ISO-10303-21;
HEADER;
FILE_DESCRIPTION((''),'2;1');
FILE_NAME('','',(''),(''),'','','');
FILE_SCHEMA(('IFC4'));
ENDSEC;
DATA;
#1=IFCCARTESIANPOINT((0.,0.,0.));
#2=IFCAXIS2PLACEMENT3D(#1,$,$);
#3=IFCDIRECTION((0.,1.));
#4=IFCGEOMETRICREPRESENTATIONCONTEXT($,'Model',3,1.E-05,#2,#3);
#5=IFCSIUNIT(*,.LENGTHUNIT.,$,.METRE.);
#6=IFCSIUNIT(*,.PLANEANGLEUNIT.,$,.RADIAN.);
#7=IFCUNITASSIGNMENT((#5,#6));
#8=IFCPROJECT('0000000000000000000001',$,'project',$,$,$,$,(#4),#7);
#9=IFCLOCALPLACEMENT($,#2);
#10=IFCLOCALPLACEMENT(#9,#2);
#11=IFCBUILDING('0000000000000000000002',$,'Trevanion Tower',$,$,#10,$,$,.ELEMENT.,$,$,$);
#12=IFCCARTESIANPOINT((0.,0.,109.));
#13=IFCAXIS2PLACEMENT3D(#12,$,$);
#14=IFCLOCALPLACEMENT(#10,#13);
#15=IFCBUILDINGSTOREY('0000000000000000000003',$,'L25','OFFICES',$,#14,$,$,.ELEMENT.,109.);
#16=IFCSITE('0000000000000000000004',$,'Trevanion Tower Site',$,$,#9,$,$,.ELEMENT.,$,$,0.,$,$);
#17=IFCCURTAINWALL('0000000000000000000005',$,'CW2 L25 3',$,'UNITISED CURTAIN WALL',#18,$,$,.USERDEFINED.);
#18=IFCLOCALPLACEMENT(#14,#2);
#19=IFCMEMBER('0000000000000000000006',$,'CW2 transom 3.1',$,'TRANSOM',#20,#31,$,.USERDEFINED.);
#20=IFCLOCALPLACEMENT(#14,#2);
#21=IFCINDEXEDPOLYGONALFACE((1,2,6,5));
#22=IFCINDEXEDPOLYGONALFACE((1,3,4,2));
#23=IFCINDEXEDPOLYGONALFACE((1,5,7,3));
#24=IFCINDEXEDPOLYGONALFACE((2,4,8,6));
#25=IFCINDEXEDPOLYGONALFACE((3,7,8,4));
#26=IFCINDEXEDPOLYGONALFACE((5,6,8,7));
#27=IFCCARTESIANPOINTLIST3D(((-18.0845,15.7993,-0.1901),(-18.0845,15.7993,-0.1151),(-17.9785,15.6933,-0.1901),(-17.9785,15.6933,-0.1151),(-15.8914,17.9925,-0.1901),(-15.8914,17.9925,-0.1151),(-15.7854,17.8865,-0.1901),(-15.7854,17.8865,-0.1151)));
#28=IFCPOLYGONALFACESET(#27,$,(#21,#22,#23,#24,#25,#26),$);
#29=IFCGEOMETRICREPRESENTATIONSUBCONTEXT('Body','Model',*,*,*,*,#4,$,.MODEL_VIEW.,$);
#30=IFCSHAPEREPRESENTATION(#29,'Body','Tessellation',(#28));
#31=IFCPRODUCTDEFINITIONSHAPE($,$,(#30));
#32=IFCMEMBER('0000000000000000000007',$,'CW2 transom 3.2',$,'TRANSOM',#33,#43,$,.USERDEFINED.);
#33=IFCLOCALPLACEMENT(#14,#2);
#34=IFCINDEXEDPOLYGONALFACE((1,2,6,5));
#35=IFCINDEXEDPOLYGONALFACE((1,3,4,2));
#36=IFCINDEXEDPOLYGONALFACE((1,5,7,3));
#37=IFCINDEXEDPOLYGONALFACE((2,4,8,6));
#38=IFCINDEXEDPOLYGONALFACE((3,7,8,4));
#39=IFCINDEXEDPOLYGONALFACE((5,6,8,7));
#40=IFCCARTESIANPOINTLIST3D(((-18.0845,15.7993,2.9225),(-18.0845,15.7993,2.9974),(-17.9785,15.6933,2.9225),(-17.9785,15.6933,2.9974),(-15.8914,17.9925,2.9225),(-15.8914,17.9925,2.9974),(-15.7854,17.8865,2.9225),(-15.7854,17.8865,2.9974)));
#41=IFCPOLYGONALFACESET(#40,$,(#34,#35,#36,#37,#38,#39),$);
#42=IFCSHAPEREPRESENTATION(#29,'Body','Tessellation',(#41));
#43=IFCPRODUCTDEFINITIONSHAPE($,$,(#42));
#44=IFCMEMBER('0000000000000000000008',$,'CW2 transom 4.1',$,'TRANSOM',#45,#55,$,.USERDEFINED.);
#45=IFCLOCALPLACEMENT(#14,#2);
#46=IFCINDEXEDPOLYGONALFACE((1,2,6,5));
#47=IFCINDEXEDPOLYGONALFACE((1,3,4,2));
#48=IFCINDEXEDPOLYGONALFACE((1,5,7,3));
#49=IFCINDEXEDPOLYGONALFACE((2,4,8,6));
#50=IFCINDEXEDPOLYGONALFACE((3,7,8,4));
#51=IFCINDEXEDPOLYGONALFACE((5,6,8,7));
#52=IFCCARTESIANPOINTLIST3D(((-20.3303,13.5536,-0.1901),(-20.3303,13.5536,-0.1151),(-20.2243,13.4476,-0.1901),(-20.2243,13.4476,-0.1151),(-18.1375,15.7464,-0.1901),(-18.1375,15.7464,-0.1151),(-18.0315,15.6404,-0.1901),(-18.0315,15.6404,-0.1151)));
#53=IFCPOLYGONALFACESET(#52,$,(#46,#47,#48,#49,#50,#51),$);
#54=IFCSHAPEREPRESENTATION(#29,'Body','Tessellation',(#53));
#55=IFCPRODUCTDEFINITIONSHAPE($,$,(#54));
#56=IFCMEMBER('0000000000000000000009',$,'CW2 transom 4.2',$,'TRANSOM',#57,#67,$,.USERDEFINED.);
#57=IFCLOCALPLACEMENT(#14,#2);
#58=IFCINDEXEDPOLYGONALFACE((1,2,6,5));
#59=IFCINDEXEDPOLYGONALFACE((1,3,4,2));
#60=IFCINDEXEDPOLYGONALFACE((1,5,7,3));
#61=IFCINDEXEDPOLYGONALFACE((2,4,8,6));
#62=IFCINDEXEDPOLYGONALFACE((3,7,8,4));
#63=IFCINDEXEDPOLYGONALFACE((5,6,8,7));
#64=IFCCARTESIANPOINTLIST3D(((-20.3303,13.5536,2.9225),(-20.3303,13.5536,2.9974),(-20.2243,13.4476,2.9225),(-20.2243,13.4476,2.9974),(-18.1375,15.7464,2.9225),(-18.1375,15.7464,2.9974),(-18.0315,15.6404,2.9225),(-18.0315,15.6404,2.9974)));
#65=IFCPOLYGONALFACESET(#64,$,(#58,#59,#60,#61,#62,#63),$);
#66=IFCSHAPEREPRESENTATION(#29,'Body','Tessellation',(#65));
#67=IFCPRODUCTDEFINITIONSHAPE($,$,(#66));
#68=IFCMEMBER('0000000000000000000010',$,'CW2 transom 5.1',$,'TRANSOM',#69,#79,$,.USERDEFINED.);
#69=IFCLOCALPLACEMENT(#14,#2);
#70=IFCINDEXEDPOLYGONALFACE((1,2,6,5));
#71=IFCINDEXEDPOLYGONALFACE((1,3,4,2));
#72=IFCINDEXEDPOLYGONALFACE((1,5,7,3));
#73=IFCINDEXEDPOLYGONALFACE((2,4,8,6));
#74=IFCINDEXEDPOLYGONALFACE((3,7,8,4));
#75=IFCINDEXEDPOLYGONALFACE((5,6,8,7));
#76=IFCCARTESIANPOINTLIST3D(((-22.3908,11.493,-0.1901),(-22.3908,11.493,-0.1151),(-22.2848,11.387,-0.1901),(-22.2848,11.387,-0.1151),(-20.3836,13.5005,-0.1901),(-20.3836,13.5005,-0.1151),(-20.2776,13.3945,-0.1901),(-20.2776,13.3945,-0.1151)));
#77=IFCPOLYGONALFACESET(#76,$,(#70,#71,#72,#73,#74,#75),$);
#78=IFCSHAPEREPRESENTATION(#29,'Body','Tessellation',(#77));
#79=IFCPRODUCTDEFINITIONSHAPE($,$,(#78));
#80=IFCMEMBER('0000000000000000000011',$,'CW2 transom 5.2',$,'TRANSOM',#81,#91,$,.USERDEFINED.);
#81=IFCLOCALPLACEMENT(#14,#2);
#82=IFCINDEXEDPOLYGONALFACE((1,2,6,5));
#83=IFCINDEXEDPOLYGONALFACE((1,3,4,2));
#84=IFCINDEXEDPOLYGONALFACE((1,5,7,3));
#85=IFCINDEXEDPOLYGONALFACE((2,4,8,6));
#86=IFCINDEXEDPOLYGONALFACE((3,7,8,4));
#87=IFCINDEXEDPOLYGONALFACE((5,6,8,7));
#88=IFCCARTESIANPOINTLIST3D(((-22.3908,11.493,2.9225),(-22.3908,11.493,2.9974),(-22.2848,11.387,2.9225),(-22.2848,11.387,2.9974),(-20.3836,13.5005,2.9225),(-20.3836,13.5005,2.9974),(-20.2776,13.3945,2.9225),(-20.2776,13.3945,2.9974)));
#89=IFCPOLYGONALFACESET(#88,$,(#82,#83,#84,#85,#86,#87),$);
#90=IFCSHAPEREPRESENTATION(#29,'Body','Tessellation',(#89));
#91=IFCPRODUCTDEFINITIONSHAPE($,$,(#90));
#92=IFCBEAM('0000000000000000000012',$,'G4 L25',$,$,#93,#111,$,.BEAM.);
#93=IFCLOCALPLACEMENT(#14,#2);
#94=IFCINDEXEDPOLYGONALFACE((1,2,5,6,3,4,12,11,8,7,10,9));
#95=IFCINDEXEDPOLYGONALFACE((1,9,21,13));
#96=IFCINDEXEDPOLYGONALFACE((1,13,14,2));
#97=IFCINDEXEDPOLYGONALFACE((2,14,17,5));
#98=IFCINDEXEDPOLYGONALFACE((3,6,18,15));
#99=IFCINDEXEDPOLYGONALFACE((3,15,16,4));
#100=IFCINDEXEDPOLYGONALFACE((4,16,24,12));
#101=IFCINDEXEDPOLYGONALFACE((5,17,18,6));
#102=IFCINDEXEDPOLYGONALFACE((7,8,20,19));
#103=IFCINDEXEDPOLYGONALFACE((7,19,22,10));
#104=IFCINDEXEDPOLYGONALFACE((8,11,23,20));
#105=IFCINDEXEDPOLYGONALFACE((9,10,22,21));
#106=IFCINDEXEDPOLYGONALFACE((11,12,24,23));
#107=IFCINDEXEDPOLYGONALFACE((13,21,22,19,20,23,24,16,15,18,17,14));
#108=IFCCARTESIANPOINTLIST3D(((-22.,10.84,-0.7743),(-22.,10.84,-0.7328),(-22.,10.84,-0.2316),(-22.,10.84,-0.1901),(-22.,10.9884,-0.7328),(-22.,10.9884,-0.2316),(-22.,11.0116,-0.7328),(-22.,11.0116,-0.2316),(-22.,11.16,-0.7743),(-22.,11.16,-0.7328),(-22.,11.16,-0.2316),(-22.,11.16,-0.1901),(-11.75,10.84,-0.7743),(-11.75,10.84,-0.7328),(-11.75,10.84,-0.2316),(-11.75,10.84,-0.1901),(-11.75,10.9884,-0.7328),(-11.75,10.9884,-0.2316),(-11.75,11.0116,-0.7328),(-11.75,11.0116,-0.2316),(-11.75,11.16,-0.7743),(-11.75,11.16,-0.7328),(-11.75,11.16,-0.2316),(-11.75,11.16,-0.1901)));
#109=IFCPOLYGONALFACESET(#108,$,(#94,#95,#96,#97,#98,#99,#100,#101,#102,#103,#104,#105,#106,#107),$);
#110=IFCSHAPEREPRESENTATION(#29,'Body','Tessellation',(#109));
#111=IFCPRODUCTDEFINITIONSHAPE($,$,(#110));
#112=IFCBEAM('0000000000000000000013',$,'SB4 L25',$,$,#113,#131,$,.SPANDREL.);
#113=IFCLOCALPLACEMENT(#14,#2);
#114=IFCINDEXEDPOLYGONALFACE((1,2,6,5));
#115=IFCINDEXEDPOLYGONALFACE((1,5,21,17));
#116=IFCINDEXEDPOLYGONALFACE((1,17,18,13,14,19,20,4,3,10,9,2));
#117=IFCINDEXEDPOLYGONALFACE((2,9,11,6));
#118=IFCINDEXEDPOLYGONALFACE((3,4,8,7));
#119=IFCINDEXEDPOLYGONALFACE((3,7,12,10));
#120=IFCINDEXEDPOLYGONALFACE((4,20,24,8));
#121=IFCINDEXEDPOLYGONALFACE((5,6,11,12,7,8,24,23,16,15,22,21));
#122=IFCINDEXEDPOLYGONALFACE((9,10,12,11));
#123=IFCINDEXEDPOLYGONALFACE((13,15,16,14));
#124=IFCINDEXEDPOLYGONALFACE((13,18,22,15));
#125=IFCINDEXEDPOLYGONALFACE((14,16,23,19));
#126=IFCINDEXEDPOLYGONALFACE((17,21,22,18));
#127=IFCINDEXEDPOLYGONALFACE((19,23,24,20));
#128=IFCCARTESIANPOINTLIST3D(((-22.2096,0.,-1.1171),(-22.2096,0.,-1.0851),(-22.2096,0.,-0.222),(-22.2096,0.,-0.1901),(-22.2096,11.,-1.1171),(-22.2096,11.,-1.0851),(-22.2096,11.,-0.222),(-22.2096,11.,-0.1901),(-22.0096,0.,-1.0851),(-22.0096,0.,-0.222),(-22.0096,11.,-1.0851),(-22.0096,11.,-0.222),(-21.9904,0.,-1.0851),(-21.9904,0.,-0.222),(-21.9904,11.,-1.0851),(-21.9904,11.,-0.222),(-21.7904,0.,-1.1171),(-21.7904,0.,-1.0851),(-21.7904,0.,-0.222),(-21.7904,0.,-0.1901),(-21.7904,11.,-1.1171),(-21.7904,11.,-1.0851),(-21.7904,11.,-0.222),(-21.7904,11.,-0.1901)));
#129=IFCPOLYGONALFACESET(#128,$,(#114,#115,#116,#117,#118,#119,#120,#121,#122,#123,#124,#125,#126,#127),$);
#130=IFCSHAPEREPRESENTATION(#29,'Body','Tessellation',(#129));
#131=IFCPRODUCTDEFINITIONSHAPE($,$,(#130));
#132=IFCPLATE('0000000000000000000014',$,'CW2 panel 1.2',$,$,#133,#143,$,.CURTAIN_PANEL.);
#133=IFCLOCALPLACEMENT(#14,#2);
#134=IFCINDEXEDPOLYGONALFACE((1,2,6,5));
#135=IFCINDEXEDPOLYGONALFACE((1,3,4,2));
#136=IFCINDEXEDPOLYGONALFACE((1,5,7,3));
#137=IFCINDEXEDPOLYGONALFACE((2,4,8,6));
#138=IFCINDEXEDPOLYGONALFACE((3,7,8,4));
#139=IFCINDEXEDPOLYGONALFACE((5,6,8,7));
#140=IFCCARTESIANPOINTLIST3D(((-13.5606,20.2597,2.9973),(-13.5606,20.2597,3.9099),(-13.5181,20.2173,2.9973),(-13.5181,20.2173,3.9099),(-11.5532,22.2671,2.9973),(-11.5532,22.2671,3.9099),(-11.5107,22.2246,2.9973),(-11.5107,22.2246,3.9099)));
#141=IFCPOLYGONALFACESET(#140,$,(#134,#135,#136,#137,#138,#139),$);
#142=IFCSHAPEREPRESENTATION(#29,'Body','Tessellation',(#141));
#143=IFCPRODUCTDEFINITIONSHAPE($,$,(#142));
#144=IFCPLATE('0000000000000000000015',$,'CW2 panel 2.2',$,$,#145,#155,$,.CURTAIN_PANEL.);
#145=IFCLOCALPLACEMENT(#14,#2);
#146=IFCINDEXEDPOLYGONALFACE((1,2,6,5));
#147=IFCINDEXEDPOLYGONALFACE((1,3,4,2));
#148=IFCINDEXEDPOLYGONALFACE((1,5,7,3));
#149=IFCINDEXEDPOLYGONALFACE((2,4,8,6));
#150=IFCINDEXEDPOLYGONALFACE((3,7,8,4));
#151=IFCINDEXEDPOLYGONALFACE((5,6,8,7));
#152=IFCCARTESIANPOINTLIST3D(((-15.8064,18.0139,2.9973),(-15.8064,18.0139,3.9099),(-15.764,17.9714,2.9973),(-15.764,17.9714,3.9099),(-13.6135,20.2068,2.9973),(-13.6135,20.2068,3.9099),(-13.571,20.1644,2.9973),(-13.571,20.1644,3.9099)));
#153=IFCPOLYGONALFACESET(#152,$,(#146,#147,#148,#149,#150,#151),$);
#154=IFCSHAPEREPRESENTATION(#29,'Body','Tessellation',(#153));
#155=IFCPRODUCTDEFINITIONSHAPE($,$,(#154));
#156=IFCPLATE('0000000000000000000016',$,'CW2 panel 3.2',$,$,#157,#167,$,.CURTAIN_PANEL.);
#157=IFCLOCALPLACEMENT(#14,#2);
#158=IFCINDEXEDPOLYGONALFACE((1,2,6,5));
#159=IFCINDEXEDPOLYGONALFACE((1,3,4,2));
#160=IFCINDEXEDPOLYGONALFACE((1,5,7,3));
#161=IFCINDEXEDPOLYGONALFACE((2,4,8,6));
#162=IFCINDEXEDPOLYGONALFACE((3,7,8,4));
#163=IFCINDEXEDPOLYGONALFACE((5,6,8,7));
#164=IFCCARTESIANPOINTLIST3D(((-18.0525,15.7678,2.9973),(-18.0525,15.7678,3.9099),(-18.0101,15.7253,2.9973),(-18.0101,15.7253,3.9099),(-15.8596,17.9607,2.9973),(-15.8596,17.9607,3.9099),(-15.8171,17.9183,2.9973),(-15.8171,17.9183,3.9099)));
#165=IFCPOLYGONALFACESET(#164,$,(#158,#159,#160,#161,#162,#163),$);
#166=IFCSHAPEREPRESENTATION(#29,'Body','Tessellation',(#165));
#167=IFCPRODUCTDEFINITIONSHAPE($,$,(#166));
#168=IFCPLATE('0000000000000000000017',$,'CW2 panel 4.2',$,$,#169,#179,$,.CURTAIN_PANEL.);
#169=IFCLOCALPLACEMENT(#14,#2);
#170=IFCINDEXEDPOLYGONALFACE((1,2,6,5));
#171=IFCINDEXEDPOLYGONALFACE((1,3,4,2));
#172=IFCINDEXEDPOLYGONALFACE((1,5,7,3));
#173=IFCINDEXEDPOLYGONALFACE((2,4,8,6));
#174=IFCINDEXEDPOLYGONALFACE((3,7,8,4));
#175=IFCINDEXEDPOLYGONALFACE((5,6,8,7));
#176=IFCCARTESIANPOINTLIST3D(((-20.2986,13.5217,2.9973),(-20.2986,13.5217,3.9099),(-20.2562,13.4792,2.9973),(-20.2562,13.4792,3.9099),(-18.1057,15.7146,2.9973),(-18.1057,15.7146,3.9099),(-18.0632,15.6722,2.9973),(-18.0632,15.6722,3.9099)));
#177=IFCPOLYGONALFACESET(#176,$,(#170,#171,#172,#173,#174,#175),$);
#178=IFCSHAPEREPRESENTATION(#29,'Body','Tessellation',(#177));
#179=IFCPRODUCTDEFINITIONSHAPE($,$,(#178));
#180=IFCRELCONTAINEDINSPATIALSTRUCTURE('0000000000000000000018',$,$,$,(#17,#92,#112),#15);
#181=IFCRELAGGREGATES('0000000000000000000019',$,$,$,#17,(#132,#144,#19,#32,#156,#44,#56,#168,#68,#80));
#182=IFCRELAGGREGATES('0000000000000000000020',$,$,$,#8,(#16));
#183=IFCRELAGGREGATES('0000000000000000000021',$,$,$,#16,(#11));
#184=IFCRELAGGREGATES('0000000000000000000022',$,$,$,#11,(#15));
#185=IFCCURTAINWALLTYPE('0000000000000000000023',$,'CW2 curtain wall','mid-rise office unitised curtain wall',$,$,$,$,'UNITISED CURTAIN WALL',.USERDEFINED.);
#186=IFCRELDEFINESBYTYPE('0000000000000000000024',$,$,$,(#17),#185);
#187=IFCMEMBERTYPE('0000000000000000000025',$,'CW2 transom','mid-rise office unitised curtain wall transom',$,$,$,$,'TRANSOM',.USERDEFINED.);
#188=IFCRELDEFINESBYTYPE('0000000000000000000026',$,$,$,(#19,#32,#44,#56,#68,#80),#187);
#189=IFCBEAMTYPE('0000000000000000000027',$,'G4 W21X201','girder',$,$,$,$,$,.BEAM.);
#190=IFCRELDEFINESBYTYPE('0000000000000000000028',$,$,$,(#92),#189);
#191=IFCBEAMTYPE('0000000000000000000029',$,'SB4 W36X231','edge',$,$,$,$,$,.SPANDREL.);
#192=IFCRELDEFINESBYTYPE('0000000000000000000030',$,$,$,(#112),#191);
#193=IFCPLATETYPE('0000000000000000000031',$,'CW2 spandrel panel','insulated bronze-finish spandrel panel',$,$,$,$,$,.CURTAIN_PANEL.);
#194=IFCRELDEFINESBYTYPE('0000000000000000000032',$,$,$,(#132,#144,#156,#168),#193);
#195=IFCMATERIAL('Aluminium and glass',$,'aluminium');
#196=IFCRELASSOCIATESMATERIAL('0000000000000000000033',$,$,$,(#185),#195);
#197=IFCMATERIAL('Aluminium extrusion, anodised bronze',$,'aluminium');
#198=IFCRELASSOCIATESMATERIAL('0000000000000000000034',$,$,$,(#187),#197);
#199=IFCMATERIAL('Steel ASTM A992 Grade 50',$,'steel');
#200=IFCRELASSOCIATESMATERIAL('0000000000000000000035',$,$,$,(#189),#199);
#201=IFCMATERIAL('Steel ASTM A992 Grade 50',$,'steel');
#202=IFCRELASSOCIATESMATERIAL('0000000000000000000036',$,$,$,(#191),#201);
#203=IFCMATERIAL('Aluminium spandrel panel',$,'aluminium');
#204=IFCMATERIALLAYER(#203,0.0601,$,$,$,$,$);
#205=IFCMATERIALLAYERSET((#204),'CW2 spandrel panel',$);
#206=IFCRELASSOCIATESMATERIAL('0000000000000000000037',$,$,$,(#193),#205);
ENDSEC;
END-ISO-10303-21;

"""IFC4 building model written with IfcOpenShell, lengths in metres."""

from ifc_helpers import new_model, si_unit, direction, frame, origin, origin_2d, place, context, subcontext, project, spatial, rectangle, i_section, extrude, material, layer, layer_set, material_profile, profile_set, type_object, element, aggregate, save


model = new_model("IFC4")

# Units and contexts
model_context = context("Model", 3, precision=1e-05, world=origin(), true_north=direction((0.0, 1.0)))
body_context = subcontext(model_context, "Body", "Model", "MODEL_VIEW")
ifc_project = project(units=[si_unit("LENGTHUNIT", "METRE"), si_unit("PLANEANGLEUNIT", "RADIAN")], contexts=[model_context])

# Site, building, storey
site_placement = place(None, origin())
site = spatial("IfcSite", under=ifc_project, at=site_placement, Name="Trevanion Tower Site", CompositionType="ELEMENT", RefElevation=0.0)
building_placement = place(site_placement, origin())
building = spatial("IfcBuilding", under=site, at=building_placement, Name="Trevanion Tower", CompositionType="ELEMENT")
storey_placement = place(building_placement, frame((0.0, 0.0, 109.0)))
storey = spatial("IfcBuildingStorey", under=building, at=storey_placement, Name="L25", Description="OFFICES", CompositionType="ELEMENT", Elevation=109.0)

# Curtain wall, members
ifc_material_1 = material(Name="Aluminium and glass", Category="aluminium")
curtain_wall_type = type_object("IfcCurtainWallType", Name="CW2 curtain wall", Description="mid-rise office unitised curtain wall", ElementType="UNITISED CURTAIN WALL", PredefinedType="USERDEFINED", material=ifc_material_1)
curtain_wall_placement = place(storey_placement, origin())
curtain_wall = element("IfcCurtainWall", 1, at=curtain_wall_placement, inside=storey, type_object=curtain_wall_type, Name="CW2 L25 3", ObjectType="UNITISED CURTAIN WALL", PredefinedType="USERDEFINED")
ifc_material_2 = material(Name="Aluminium extrusion, anodised bronze", Category="aluminium")
ifc_material_profile_1 = material_profile(ifc_material_2, rectangle(XDim=0.1499, YDim=0.075, at=origin_2d()), Name="CW2 transom")
ifc_profile_set_1 = profile_set([ifc_material_profile_1], Name="Aluminium extrusion, anodised bronze")
member_type_1 = type_object("IfcMemberType", Name="CW2 transom", Description="mid-rise office unitised curtain wall transom", ElementType="TRANSOM", PredefinedType="USERDEFINED", material=ifc_profile_set_1)
member_1_placement = place(storey_placement, frame((-15.8384, 17.9395, -0.1526), z_axis=(-0.707107, -0.707107, 0.0), x_axis=(0.707107, -0.707107, 0.0)))
member_1 = element("IfcMember", 2, at=member_1_placement, type_object=member_type_1, Name="CW2 transom 3.1", ObjectType="TRANSOM", PredefinedType="USERDEFINED", context=body_context, shape_type="SweptSolid", body=[
    extrude(rectangle(XDim=0.1499, YDim=0.075, at=origin_2d()), origin(), (0.0, 0.0, 1.0), 3.1016),
])
member_2_placement = place(storey_placement, frame((-15.8384, 17.9395, 2.96), z_axis=(-0.707107, -0.707107, 0.0), x_axis=(0.707107, -0.707107, 0.0)))
member_2 = element("IfcMember", 3, at=member_2_placement, type_object=member_type_1, Name="CW2 transom 3.2", ObjectType="TRANSOM", PredefinedType="USERDEFINED", context=body_context, shape_type="SweptSolid", body=[
    extrude(rectangle(XDim=0.1499, YDim=0.075, at=origin_2d()), origin(), (0.0, 0.0, 1.0), 3.1016),
])
member_3_placement = place(storey_placement, frame((-18.0845, 15.6934, -0.1526), z_axis=(-0.707107, -0.707107, 0.0), x_axis=(0.707107, -0.707107, 0.0)))
member_3 = element("IfcMember", 4, at=member_3_placement, type_object=member_type_1, Name="CW2 transom 4.1", ObjectType="TRANSOM", PredefinedType="USERDEFINED", context=body_context, shape_type="SweptSolid", body=[
    extrude(rectangle(XDim=0.1499, YDim=0.075, at=origin_2d()), origin(), (0.0, 0.0, 1.0), 3.1011),
])
member_4_placement = place(storey_placement, frame((-18.0845, 15.6934, 2.96), z_axis=(-0.707107, -0.707107, 0.0), x_axis=(0.707107, -0.707107, 0.0)))
member_4 = element("IfcMember", 5, at=member_4_placement, type_object=member_type_1, Name="CW2 transom 4.2", ObjectType="TRANSOM", PredefinedType="USERDEFINED", context=body_context, shape_type="SweptSolid", body=[
    extrude(rectangle(XDim=0.1499, YDim=0.075, at=origin_2d()), origin(), (0.0, 0.0, 1.0), 3.1011),
])
member_5_placement = place(storey_placement, frame((-20.3306, 13.4475, -0.1526), z_axis=(-0.707064, -0.70715, 0.0), x_axis=(0.70715, -0.707064, 0.0)))
member_5 = element("IfcMember", 6, at=member_5_placement, type_object=member_type_1, Name="CW2 transom 5.1", ObjectType="TRANSOM", PredefinedType="USERDEFINED", context=body_context, shape_type="SweptSolid", body=[
    extrude(rectangle(XDim=0.1499, YDim=0.075, at=origin_2d()), origin(), (0.0, 0.0, 1.0), 2.8389),
])
member_6_placement = place(storey_placement, frame((-20.3306, 13.4475, 2.96), z_axis=(-0.707064, -0.70715, 0.0), x_axis=(0.70715, -0.707064, 0.0)))
member_6 = element("IfcMember", 7, at=member_6_placement, type_object=member_type_1, Name="CW2 transom 5.2", ObjectType="TRANSOM", PredefinedType="USERDEFINED", context=body_context, shape_type="SweptSolid", body=[
    extrude(rectangle(XDim=0.1499, YDim=0.075, at=origin_2d()), origin(), (0.0, 0.0, 1.0), 2.8389),
])

# Beams
ifc_material_3 = material(Name="Steel ASTM A992 Grade 50", Category="steel")
ifc_material_profile_2 = material_profile(ifc_material_3, i_section(OverallWidth=0.3201, OverallDepth=0.5842, WebThickness=0.0232, FlangeThickness=0.0415, at=origin_2d()), Name="W21X201")
ifc_profile_set_2 = profile_set([ifc_material_profile_2], Name="Steel ASTM A992 Grade 50")
beam_type_1 = type_object("IfcBeamType", Name="G4 W21X201", Description="girder", PredefinedType="BEAM", material=ifc_profile_set_2)
beam_1_placement = place(storey_placement, frame((-11.75, 11.0, -0.4822), z_axis=(-1.0, 0.0, 0.0), x_axis=(0.0, -1.0, 0.0)))
element("IfcBeam", 8, at=beam_1_placement, inside=storey, type_object=beam_type_1, Name="G4 L25", PredefinedType="BEAM", context=body_context, shape_type="SweptSolid", body=[
    extrude(i_section(OverallWidth=0.3201, OverallDepth=0.5842, WebThickness=0.0232, FlangeThickness=0.0415, at=origin_2d()), origin(), (0.0, 0.0, 1.0), 10.25),
])
ifc_material_4 = material(Name="Steel ASTM A992 Grade 50", Category="steel")
ifc_material_profile_3 = material_profile(ifc_material_4, i_section(OverallWidth=0.4192, OverallDepth=0.927, WebThickness=0.0193, FlangeThickness=0.032, at=origin_2d()), Name="W36X231")
ifc_profile_set_3 = profile_set([ifc_material_profile_3], Name="Steel ASTM A992 Grade 50")
beam_type_2 = type_object("IfcBeamType", Name="SB4 W36X231", Description="edge", PredefinedType="SPANDREL", material=ifc_profile_set_3)
beam_2_placement = place(storey_placement, frame((-22.0, 11.0, -0.6536), z_axis=(0.0, -1.0, 0.0), x_axis=(1.0, 0.0, 0.0)))
element("IfcBeam", 9, at=beam_2_placement, inside=storey, type_object=beam_type_2, Name="SB4 L25", PredefinedType="SPANDREL", context=body_context, shape_type="SweptSolid", body=[
    extrude(i_section(OverallWidth=0.4192, OverallDepth=0.927, WebThickness=0.0193, FlangeThickness=0.032, at=origin_2d()), origin(), (0.0, 0.0, 1.0), 11.0),
])

# Plates
ifc_material_5 = material(Name="Aluminium spandrel panel", Category="aluminium")
ifc_layer_1 = layer(ifc_material_5, 0.0601)
ifc_layer_set_1 = layer_set([ifc_layer_1], Name="CW2 spandrel panel")
plate_type_1 = type_object("IfcPlateType", Name="CW2 spandrel panel", Description="insulated bronze-finish spandrel panel", PredefinedType="CURTAIN_PANEL", material=ifc_layer_set_1)
plate_1_placement = place(storey_placement, frame((-12.5356, 21.2422, 2.9973), z_axis=(0.0, 0.0, 1.0), x_axis=(-0.707107, -0.707107, 0.0)))
plate_1 = element("IfcPlate", 10, at=plate_1_placement, type_object=plate_type_1, Name="CW2 panel 1.2", PredefinedType="CURTAIN_PANEL", context=body_context, shape_type="SweptSolid", body=[
    extrude(rectangle(XDim=2.8389, YDim=0.0601, at=origin_2d()), origin(), (0.0, 0.0, 1.0), 0.9126),
])
plate_2_placement = place(storey_placement, frame((-14.6887, 19.0891, 2.9973), z_axis=(0.0, 0.0, 1.0), x_axis=(-0.707107, -0.707107, 0.0)))
plate_2 = element("IfcPlate", 11, at=plate_2_placement, type_object=plate_type_1, Name="CW2 panel 2.2", PredefinedType="CURTAIN_PANEL", context=body_context, shape_type="SweptSolid", body=[
    extrude(rectangle(XDim=3.1013, YDim=0.0601, at=origin_2d()), origin(), (0.0, 0.0, 1.0), 0.9126),
])
plate_3_placement = place(storey_placement, frame((-16.9348, 16.843, 2.9973), z_axis=(0.0, 0.0, 1.0), x_axis=(-0.707107, -0.707107, 0.0)))
plate_3 = element("IfcPlate", 12, at=plate_3_placement, type_object=plate_type_1, Name="CW2 panel 3.2", PredefinedType="CURTAIN_PANEL", context=body_context, shape_type="SweptSolid", body=[
    extrude(rectangle(XDim=3.1013, YDim=0.0601, at=origin_2d()), origin(), (0.0, 0.0, 1.0), 0.9126),
])
plate_4_placement = place(storey_placement, frame((-19.1809, 14.5969, 2.9973), z_axis=(0.0, 0.0, 1.0), x_axis=(-0.707107, -0.707107, 0.0)))
plate_4 = element("IfcPlate", 13, at=plate_4_placement, type_object=plate_type_1, Name="CW2 panel 4.2", PredefinedType="CURTAIN_PANEL", context=body_context, shape_type="SweptSolid", body=[
    extrude(rectangle(XDim=3.1013, YDim=0.0601, at=origin_2d()), origin(), (0.0, 0.0, 1.0), 0.9126),
])
aggregate(curtain_wall, [plate_1, plate_2, member_1, member_2, plate_3, member_3, member_4, plate_4, member_5, member_6])

save(model, "model.ifc")
